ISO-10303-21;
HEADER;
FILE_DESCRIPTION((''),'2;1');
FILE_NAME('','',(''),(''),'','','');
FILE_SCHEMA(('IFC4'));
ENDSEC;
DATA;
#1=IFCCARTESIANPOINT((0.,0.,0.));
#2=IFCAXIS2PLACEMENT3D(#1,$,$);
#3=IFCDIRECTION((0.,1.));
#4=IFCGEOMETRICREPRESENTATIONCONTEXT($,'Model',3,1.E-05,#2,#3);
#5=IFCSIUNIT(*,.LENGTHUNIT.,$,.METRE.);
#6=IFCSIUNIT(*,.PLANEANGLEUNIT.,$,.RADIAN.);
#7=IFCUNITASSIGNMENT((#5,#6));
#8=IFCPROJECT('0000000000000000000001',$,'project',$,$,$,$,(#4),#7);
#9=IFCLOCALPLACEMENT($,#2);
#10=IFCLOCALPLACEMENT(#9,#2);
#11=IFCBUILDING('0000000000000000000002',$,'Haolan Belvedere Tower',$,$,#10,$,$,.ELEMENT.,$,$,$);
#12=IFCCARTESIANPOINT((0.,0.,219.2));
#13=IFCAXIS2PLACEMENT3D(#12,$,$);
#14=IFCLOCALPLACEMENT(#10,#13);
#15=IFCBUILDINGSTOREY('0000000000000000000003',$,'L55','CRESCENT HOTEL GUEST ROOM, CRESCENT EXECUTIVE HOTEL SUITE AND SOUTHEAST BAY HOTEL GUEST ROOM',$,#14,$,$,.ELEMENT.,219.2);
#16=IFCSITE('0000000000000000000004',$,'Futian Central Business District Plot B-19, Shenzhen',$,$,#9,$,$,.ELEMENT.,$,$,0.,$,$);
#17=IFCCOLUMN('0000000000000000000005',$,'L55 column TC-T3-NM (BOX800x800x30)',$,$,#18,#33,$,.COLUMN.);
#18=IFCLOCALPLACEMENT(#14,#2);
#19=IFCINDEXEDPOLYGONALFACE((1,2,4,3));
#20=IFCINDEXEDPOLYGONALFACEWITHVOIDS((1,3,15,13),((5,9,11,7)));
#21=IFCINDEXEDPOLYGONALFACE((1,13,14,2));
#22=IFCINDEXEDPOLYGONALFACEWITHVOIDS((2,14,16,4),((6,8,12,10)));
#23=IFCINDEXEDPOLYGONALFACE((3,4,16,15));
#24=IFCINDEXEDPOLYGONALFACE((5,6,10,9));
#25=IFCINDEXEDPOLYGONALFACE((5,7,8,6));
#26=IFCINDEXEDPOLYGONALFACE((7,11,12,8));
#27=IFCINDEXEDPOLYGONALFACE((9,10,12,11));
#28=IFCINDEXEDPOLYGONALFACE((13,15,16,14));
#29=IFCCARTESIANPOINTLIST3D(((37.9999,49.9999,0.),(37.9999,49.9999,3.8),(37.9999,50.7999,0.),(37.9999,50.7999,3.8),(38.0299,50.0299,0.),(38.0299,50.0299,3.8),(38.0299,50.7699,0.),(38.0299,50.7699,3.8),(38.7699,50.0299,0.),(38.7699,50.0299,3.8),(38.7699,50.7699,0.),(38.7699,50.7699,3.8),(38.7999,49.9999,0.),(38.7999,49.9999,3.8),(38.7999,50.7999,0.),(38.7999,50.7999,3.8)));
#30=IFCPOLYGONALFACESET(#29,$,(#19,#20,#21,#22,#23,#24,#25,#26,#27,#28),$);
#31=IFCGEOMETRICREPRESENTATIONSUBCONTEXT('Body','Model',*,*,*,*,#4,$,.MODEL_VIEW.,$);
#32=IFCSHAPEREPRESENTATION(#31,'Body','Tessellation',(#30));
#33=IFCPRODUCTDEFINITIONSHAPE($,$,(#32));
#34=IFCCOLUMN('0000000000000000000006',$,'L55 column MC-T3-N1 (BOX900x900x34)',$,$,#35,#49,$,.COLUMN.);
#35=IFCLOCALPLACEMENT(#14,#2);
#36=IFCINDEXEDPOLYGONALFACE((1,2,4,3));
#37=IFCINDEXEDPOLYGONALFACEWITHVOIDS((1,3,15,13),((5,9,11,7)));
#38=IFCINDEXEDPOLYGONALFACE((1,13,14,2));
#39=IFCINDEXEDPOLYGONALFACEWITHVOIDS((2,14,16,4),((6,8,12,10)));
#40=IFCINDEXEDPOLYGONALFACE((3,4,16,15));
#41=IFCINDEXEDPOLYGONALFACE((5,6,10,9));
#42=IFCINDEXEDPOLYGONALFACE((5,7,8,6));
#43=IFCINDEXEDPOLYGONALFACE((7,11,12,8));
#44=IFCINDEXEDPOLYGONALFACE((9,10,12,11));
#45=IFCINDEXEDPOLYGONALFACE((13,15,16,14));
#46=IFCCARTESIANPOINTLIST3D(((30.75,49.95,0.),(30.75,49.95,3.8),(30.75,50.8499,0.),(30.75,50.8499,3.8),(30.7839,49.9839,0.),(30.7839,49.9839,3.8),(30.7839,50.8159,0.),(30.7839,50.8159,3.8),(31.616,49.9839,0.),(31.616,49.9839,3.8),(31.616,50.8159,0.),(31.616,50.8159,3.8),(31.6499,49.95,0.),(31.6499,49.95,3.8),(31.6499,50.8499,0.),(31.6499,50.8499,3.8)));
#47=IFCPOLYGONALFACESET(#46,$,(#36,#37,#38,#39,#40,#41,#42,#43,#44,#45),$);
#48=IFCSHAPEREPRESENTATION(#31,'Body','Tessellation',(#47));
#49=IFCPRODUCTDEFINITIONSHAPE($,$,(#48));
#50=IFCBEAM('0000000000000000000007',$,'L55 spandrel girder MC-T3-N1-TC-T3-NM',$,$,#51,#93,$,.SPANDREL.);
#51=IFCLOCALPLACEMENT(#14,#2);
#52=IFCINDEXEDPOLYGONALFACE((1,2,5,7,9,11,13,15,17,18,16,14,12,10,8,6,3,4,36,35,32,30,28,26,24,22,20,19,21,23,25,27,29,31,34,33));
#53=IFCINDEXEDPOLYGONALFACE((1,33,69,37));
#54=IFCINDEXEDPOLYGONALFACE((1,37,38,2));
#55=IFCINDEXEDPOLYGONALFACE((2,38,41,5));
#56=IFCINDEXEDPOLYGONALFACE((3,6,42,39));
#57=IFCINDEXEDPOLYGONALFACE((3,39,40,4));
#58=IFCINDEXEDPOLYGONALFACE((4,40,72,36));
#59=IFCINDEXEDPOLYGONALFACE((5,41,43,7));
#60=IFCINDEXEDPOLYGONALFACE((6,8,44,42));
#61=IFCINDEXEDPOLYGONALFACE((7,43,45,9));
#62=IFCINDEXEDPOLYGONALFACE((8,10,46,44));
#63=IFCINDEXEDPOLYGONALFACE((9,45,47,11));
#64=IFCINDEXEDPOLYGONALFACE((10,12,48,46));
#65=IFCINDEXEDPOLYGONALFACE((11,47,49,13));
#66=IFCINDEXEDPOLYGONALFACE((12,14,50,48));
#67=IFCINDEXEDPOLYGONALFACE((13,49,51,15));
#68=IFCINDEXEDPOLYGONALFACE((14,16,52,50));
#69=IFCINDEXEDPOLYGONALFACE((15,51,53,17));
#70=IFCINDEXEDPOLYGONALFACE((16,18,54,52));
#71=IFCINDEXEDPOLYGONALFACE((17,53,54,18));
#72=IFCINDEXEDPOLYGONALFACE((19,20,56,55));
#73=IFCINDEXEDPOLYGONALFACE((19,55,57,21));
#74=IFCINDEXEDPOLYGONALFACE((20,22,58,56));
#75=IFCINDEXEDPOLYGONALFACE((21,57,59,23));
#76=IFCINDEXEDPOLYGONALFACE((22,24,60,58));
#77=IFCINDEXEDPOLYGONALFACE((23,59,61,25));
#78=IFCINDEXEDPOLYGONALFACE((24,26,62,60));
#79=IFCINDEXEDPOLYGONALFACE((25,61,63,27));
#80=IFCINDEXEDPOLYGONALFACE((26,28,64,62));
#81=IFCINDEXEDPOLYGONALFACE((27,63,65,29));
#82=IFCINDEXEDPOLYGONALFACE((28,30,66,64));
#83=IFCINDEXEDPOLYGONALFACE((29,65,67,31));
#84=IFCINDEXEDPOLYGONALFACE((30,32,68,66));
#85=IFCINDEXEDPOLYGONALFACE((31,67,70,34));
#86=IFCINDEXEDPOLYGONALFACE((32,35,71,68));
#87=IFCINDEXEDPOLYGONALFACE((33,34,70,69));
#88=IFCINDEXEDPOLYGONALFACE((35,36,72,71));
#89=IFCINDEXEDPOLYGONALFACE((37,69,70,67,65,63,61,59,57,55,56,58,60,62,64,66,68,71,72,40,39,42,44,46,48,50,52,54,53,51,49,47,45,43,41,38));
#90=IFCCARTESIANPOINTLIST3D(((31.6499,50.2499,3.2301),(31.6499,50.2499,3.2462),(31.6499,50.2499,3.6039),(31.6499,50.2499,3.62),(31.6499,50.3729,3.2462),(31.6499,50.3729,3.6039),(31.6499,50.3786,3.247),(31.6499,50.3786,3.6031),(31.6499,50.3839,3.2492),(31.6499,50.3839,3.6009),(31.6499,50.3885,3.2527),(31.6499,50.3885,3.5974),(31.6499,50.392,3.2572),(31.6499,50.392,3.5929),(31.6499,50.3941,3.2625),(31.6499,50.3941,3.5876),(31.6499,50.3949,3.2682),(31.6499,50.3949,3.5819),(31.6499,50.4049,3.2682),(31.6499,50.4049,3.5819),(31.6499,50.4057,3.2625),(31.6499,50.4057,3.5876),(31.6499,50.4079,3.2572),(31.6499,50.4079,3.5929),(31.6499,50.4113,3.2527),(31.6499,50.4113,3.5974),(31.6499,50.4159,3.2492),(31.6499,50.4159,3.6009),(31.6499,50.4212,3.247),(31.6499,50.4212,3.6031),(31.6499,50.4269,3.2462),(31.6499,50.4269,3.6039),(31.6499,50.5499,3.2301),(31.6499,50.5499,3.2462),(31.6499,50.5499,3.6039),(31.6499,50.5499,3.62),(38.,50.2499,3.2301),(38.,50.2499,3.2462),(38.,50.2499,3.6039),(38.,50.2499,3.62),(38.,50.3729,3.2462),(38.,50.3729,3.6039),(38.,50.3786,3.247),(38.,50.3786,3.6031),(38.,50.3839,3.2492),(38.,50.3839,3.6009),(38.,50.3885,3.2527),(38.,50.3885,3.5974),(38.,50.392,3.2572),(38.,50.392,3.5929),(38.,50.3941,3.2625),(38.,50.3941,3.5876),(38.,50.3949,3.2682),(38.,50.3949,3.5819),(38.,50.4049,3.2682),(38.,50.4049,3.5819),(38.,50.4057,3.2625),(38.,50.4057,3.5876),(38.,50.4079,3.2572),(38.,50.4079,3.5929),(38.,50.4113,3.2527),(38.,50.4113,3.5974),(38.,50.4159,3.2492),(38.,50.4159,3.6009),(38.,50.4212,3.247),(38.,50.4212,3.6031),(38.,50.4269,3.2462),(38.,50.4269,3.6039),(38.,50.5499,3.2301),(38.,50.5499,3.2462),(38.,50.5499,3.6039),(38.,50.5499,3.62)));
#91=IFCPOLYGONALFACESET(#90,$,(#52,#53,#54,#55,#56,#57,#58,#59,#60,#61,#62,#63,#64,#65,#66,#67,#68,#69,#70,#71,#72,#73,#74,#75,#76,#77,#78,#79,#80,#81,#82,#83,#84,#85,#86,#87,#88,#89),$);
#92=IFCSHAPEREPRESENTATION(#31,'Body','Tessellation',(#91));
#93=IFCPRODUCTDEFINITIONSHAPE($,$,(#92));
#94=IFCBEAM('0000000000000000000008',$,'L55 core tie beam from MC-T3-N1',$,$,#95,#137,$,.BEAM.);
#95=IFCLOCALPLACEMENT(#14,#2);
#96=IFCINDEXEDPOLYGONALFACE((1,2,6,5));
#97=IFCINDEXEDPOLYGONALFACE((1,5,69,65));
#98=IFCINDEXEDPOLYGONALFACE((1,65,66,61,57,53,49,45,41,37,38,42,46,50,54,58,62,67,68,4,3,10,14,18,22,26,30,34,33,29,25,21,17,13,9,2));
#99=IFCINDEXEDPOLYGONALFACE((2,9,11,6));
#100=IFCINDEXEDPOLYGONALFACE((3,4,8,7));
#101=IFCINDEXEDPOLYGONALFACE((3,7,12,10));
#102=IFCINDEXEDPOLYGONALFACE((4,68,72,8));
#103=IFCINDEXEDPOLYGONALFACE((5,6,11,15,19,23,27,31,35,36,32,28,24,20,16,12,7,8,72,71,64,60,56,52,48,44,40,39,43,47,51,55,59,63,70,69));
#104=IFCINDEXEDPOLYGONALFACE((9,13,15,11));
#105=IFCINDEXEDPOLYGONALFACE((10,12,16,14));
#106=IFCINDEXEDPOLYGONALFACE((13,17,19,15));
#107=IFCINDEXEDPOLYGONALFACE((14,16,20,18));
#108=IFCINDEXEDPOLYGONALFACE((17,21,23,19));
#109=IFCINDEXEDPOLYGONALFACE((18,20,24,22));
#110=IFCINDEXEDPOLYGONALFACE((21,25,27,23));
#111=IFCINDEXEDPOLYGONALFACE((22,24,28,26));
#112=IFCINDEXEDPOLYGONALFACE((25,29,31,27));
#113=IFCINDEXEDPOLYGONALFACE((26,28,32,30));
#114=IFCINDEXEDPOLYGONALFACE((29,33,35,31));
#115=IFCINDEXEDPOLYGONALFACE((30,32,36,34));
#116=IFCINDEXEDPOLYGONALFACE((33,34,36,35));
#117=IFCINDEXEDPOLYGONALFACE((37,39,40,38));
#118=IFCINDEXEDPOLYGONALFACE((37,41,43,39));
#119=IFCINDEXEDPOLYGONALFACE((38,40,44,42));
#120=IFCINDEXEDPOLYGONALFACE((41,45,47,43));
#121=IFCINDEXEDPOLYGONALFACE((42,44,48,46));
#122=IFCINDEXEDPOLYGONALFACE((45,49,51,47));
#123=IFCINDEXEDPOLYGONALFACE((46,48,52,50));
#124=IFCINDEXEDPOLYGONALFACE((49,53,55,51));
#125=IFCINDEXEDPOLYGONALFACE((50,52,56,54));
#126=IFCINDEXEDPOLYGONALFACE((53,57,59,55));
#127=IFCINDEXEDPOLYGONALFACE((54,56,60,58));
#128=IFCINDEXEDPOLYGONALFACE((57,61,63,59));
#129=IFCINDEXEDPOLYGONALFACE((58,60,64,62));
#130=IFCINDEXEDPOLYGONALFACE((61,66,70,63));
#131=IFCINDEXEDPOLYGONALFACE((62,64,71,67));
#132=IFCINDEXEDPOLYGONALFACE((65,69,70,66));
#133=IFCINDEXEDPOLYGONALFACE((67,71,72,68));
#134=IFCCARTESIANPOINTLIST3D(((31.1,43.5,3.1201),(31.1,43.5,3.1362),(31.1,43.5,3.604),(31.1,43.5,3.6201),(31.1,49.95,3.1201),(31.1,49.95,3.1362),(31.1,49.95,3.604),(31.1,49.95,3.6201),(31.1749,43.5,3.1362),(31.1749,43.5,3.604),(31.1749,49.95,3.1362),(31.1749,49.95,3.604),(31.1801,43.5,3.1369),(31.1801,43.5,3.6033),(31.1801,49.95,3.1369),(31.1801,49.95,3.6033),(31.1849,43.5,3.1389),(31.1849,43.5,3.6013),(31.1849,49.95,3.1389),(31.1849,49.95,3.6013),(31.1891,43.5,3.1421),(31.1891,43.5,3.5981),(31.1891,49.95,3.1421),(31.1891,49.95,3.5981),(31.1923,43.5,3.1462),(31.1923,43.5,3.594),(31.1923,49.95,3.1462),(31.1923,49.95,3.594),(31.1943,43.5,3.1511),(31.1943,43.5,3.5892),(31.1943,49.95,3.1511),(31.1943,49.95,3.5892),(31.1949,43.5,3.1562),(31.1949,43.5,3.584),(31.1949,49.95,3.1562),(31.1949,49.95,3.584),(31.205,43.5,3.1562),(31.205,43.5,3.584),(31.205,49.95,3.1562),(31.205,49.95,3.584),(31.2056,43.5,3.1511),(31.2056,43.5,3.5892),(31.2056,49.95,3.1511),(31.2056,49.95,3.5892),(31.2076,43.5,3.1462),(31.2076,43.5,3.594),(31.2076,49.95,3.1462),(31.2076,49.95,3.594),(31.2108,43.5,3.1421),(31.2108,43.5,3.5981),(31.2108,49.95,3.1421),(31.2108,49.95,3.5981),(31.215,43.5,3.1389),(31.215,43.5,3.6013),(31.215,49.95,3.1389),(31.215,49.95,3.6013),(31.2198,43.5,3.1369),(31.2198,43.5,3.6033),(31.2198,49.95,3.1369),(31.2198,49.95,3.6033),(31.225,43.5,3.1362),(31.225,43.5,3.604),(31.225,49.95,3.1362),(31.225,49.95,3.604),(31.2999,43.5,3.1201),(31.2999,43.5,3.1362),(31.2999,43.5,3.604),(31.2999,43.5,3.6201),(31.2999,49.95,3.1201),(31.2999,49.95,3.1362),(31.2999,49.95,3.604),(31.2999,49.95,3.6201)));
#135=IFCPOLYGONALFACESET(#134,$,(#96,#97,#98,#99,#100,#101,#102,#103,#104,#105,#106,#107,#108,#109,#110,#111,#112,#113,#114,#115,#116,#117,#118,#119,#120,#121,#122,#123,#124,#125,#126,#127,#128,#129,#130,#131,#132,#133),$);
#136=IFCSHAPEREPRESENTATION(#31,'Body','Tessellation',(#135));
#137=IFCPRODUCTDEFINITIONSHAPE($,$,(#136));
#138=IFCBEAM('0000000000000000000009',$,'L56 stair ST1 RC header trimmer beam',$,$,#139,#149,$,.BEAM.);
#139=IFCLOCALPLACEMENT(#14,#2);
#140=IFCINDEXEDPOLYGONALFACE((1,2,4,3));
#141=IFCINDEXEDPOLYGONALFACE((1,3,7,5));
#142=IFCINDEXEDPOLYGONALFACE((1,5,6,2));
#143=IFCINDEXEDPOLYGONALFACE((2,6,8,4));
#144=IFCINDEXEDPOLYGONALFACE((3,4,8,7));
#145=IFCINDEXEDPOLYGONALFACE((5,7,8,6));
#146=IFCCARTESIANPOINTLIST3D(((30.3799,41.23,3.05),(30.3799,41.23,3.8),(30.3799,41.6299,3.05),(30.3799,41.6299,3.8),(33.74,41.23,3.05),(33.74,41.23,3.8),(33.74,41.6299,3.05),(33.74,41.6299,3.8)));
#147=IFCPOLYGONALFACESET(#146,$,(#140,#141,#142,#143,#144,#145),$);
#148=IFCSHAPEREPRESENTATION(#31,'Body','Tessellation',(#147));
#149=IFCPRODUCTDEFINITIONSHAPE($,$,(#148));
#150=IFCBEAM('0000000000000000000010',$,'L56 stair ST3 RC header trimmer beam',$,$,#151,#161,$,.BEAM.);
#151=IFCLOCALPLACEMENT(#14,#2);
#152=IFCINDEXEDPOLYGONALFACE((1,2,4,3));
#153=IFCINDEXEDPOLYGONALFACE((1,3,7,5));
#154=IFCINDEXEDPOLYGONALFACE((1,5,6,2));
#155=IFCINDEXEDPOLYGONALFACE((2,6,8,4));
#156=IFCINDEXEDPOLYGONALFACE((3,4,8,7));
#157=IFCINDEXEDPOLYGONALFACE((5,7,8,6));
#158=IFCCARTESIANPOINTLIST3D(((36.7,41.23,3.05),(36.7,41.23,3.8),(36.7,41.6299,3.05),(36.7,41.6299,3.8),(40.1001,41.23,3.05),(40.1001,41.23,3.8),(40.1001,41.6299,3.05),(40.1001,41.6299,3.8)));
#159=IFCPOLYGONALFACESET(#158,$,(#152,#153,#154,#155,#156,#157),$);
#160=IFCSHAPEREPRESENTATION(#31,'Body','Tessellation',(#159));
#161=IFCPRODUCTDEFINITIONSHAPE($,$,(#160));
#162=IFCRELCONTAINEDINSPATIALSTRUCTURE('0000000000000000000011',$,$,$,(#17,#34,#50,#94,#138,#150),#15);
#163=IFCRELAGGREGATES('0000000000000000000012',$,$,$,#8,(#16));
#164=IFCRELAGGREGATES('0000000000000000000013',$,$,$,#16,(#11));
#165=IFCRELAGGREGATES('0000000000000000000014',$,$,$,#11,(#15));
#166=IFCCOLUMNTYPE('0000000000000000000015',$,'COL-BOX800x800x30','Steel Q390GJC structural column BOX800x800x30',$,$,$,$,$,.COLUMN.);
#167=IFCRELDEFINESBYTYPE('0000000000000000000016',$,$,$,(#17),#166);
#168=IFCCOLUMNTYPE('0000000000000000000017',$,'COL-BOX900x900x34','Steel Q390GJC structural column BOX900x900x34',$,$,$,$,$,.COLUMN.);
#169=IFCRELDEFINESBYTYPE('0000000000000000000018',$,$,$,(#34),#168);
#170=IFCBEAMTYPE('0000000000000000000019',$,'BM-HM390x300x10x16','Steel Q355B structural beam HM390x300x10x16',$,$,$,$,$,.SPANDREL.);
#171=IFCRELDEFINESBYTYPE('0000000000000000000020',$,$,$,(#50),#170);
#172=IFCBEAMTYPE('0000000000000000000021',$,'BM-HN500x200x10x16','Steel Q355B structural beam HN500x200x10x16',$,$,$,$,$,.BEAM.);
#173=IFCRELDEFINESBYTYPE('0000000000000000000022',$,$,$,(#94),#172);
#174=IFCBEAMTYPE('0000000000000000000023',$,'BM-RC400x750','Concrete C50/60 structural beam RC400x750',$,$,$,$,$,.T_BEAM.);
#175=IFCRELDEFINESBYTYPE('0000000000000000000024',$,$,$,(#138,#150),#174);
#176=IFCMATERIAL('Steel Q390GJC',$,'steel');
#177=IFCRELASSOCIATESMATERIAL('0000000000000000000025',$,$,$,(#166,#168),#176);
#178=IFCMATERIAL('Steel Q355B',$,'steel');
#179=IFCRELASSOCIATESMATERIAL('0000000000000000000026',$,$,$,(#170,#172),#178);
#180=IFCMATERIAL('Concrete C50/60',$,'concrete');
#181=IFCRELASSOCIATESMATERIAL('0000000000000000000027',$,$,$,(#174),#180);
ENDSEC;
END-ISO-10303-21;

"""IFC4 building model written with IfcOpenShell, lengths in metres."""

from ifc_helpers import new_model, si_unit, direction, frame, origin, origin_2d, place, context, subcontext, project, spatial, rectangle, hollow_rectangle, i_section, extrude, material, material_profile, profile_set, type_object, element, save


model = new_model("IFC4")

# Units and contexts
model_context = context("Model", 3, precision=1e-05, world=origin(), true_north=direction((0.0, 1.0)))
body_context = subcontext(model_context, "Body", "Model", "MODEL_VIEW")
ifc_project = project(units=[si_unit("LENGTHUNIT", "METRE"), si_unit("PLANEANGLEUNIT", "RADIAN")], contexts=[model_context])

# Site, building, storey
site_placement = place(None, origin())
site = spatial("IfcSite", under=ifc_project, at=site_placement, Name="Futian Central Business District Plot B-19, Shenzhen", CompositionType="ELEMENT", RefElevation=0.0)
building_placement = place(site_placement, origin())
building = spatial("IfcBuilding", under=site, at=building_placement, Name="Haolan Belvedere Tower", CompositionType="ELEMENT")
storey_placement = place(building_placement, frame((0.0, 0.0, 219.2)))
storey = spatial("IfcBuildingStorey", under=building, at=storey_placement, Name="L55", Description="CRESCENT HOTEL GUEST ROOM, CRESCENT EXECUTIVE HOTEL SUITE AND SOUTHEAST BAY HOTEL GUEST ROOM", CompositionType="ELEMENT", Elevation=219.2)

# Columns
ifc_material_1 = material(Name="Steel Q390GJC", Category="steel")
ifc_material_profile_1 = material_profile(ifc_material_1, hollow_rectangle(XDim=0.8, YDim=0.8, WallThickness=0.03, at=origin_2d()), Name="Steel Q390GJC")
ifc_profile_set_1 = profile_set([ifc_material_profile_1], Name="Steel Q390GJC")
column_type_1 = type_object("IfcColumnType", Name="COL-BOX800x800x30", Description="Steel Q390GJC structural column BOX800x800x30", PredefinedType="COLUMN", material=ifc_profile_set_1)
column_1_placement = place(storey_placement, frame((38.3999, 50.3999, 0.0), z_axis=(0.0, 0.0, 1.0), x_axis=(1.0, 0.0, 0.0)))
element("IfcColumn", 1, at=column_1_placement, inside=storey, type_object=column_type_1, Name="L55 column TC-T3-NM (BOX800x800x30)", PredefinedType="COLUMN", context=body_context, shape_type="SweptSolid", body=[
    extrude(hollow_rectangle(XDim=0.8, YDim=0.8, WallThickness=0.03, at=origin_2d()), origin(), (0.0, 0.0, 1.0), 3.8),
])
ifc_material_profile_2 = material_profile(ifc_material_1, hollow_rectangle(XDim=0.8999, YDim=0.8999, WallThickness=0.0339, at=origin_2d()), Name="Steel Q390GJC")
ifc_profile_set_2 = profile_set([ifc_material_profile_2], Name="Steel Q390GJC")
column_type_2 = type_object("IfcColumnType", Name="COL-BOX900x900x34", Description="Steel Q390GJC structural column BOX900x900x34", PredefinedType="COLUMN", material=ifc_profile_set_2)
column_2_placement = place(storey_placement, frame((31.2, 50.3999, 0.0), z_axis=(0.0, 0.0, 1.0), x_axis=(1.0, 0.0, 0.0)))
element("IfcColumn", 2, at=column_2_placement, inside=storey, type_object=column_type_2, Name="L55 column MC-T3-N1 (BOX900x900x34)", PredefinedType="COLUMN", context=body_context, shape_type="SweptSolid", body=[
    extrude(hollow_rectangle(XDim=0.8999, YDim=0.8999, WallThickness=0.0339, at=origin_2d()), origin(), (0.0, 0.0, 1.0), 3.8),
])

# Beams
ifc_material_2 = material(Name="Steel Q355B", Category="steel")
ifc_material_profile_3 = material_profile(ifc_material_2, i_section(OverallWidth=0.3, OverallDepth=0.3899, WebThickness=0.01, FlangeThickness=0.0161, FilletRadius=0.022, at=origin_2d()), Name="Steel Q355B")
ifc_profile_set_3 = profile_set([ifc_material_profile_3], Name="Steel Q355B")
beam_type_1 = type_object("IfcBeamType", Name="BM-HM390x300x10x16", Description="Steel Q355B structural beam HM390x300x10x16", PredefinedType="SPANDREL", material=ifc_profile_set_3)
beam_1_placement = place(storey_placement, frame((31.6499, 50.3999, 3.425), z_axis=(1.0, 0.0, 0.0), x_axis=(0.0, 1.0, 0.0)))
element("IfcBeam", 3, at=beam_1_placement, inside=storey, type_object=beam_type_1, Name="L55 spandrel girder MC-T3-N1-TC-T3-NM", PredefinedType="SPANDREL", context=body_context, shape_type="SweptSolid", body=[
    extrude(i_section(OverallWidth=0.3, OverallDepth=0.3899, WebThickness=0.01, FlangeThickness=0.0161, FilletRadius=0.022, at=origin_2d()), origin(), (0.0, 0.0, 1.0), 6.3501),
])
ifc_material_profile_4 = material_profile(ifc_material_2, i_section(OverallWidth=0.2, OverallDepth=0.5, WebThickness=0.01, FlangeThickness=0.0161, FilletRadius=0.02, at=origin_2d()), Name="Steel Q355B")
ifc_profile_set_4 = profile_set([ifc_material_profile_4], Name="Steel Q355B")
beam_type_2 = type_object("IfcBeamType", Name="BM-HN500x200x10x16", Description="Steel Q355B structural beam HN500x200x10x16", PredefinedType="BEAM", material=ifc_profile_set_4)
beam_2_placement = place(storey_placement, frame((31.2, 49.95, 3.3701), z_axis=(0.0, -1.0, 0.0), x_axis=(1.0, 0.0, 0.0)))
element("IfcBeam", 4, at=beam_2_placement, inside=storey, type_object=beam_type_2, Name="L55 core tie beam from MC-T3-N1", PredefinedType="BEAM", context=body_context, shape_type="SweptSolid", body=[
    extrude(i_section(OverallWidth=0.2, OverallDepth=0.5, WebThickness=0.01, FlangeThickness=0.0161, FilletRadius=0.02, at=origin_2d()), origin(), (0.0, 0.0, 1.0), 6.45),
])
ifc_material_3 = material(Name="Concrete C50/60", Category="concrete")
ifc_material_profile_5 = material_profile(ifc_material_3, rectangle(XDim=0.3999, YDim=0.75, at=origin_2d()), Name="Concrete C50/60")
ifc_profile_set_5 = profile_set([ifc_material_profile_5], Name="Concrete C50/60")
beam_type_3 = type_object("IfcBeamType", Name="BM-RC400x750", Description="Concrete C50/60 structural beam RC400x750", PredefinedType="T_BEAM", material=ifc_profile_set_5)
beam_3_placement = place(storey_placement, frame((30.3799, 41.4299, 3.425), z_axis=(1.0, 0.0, 0.0), x_axis=(0.0, 1.0, 0.0)))
element("IfcBeam", 5, at=beam_3_placement, inside=storey, type_object=beam_type_3, Name="L56 stair ST1 RC header trimmer beam", PredefinedType="BEAM", context=body_context, shape_type="SweptSolid", body=[
    extrude(rectangle(XDim=0.3999, YDim=0.75, at=origin_2d()), origin(), (0.0, 0.0, 1.0), 3.3601),
])
beam_4_placement = place(storey_placement, frame((36.7, 41.4299, 3.425), z_axis=(1.0, 0.0, 0.0), x_axis=(0.0, 1.0, 0.0)))
element("IfcBeam", 6, at=beam_4_placement, inside=storey, type_object=beam_type_3, Name="L56 stair ST3 RC header trimmer beam", PredefinedType="BEAM", context=body_context, shape_type="SweptSolid", body=[
    extrude(rectangle(XDim=0.3999, YDim=0.75, at=origin_2d()), origin(), (0.0, 0.0, 1.0), 3.4001),
])

save(model, "model.ifc")
